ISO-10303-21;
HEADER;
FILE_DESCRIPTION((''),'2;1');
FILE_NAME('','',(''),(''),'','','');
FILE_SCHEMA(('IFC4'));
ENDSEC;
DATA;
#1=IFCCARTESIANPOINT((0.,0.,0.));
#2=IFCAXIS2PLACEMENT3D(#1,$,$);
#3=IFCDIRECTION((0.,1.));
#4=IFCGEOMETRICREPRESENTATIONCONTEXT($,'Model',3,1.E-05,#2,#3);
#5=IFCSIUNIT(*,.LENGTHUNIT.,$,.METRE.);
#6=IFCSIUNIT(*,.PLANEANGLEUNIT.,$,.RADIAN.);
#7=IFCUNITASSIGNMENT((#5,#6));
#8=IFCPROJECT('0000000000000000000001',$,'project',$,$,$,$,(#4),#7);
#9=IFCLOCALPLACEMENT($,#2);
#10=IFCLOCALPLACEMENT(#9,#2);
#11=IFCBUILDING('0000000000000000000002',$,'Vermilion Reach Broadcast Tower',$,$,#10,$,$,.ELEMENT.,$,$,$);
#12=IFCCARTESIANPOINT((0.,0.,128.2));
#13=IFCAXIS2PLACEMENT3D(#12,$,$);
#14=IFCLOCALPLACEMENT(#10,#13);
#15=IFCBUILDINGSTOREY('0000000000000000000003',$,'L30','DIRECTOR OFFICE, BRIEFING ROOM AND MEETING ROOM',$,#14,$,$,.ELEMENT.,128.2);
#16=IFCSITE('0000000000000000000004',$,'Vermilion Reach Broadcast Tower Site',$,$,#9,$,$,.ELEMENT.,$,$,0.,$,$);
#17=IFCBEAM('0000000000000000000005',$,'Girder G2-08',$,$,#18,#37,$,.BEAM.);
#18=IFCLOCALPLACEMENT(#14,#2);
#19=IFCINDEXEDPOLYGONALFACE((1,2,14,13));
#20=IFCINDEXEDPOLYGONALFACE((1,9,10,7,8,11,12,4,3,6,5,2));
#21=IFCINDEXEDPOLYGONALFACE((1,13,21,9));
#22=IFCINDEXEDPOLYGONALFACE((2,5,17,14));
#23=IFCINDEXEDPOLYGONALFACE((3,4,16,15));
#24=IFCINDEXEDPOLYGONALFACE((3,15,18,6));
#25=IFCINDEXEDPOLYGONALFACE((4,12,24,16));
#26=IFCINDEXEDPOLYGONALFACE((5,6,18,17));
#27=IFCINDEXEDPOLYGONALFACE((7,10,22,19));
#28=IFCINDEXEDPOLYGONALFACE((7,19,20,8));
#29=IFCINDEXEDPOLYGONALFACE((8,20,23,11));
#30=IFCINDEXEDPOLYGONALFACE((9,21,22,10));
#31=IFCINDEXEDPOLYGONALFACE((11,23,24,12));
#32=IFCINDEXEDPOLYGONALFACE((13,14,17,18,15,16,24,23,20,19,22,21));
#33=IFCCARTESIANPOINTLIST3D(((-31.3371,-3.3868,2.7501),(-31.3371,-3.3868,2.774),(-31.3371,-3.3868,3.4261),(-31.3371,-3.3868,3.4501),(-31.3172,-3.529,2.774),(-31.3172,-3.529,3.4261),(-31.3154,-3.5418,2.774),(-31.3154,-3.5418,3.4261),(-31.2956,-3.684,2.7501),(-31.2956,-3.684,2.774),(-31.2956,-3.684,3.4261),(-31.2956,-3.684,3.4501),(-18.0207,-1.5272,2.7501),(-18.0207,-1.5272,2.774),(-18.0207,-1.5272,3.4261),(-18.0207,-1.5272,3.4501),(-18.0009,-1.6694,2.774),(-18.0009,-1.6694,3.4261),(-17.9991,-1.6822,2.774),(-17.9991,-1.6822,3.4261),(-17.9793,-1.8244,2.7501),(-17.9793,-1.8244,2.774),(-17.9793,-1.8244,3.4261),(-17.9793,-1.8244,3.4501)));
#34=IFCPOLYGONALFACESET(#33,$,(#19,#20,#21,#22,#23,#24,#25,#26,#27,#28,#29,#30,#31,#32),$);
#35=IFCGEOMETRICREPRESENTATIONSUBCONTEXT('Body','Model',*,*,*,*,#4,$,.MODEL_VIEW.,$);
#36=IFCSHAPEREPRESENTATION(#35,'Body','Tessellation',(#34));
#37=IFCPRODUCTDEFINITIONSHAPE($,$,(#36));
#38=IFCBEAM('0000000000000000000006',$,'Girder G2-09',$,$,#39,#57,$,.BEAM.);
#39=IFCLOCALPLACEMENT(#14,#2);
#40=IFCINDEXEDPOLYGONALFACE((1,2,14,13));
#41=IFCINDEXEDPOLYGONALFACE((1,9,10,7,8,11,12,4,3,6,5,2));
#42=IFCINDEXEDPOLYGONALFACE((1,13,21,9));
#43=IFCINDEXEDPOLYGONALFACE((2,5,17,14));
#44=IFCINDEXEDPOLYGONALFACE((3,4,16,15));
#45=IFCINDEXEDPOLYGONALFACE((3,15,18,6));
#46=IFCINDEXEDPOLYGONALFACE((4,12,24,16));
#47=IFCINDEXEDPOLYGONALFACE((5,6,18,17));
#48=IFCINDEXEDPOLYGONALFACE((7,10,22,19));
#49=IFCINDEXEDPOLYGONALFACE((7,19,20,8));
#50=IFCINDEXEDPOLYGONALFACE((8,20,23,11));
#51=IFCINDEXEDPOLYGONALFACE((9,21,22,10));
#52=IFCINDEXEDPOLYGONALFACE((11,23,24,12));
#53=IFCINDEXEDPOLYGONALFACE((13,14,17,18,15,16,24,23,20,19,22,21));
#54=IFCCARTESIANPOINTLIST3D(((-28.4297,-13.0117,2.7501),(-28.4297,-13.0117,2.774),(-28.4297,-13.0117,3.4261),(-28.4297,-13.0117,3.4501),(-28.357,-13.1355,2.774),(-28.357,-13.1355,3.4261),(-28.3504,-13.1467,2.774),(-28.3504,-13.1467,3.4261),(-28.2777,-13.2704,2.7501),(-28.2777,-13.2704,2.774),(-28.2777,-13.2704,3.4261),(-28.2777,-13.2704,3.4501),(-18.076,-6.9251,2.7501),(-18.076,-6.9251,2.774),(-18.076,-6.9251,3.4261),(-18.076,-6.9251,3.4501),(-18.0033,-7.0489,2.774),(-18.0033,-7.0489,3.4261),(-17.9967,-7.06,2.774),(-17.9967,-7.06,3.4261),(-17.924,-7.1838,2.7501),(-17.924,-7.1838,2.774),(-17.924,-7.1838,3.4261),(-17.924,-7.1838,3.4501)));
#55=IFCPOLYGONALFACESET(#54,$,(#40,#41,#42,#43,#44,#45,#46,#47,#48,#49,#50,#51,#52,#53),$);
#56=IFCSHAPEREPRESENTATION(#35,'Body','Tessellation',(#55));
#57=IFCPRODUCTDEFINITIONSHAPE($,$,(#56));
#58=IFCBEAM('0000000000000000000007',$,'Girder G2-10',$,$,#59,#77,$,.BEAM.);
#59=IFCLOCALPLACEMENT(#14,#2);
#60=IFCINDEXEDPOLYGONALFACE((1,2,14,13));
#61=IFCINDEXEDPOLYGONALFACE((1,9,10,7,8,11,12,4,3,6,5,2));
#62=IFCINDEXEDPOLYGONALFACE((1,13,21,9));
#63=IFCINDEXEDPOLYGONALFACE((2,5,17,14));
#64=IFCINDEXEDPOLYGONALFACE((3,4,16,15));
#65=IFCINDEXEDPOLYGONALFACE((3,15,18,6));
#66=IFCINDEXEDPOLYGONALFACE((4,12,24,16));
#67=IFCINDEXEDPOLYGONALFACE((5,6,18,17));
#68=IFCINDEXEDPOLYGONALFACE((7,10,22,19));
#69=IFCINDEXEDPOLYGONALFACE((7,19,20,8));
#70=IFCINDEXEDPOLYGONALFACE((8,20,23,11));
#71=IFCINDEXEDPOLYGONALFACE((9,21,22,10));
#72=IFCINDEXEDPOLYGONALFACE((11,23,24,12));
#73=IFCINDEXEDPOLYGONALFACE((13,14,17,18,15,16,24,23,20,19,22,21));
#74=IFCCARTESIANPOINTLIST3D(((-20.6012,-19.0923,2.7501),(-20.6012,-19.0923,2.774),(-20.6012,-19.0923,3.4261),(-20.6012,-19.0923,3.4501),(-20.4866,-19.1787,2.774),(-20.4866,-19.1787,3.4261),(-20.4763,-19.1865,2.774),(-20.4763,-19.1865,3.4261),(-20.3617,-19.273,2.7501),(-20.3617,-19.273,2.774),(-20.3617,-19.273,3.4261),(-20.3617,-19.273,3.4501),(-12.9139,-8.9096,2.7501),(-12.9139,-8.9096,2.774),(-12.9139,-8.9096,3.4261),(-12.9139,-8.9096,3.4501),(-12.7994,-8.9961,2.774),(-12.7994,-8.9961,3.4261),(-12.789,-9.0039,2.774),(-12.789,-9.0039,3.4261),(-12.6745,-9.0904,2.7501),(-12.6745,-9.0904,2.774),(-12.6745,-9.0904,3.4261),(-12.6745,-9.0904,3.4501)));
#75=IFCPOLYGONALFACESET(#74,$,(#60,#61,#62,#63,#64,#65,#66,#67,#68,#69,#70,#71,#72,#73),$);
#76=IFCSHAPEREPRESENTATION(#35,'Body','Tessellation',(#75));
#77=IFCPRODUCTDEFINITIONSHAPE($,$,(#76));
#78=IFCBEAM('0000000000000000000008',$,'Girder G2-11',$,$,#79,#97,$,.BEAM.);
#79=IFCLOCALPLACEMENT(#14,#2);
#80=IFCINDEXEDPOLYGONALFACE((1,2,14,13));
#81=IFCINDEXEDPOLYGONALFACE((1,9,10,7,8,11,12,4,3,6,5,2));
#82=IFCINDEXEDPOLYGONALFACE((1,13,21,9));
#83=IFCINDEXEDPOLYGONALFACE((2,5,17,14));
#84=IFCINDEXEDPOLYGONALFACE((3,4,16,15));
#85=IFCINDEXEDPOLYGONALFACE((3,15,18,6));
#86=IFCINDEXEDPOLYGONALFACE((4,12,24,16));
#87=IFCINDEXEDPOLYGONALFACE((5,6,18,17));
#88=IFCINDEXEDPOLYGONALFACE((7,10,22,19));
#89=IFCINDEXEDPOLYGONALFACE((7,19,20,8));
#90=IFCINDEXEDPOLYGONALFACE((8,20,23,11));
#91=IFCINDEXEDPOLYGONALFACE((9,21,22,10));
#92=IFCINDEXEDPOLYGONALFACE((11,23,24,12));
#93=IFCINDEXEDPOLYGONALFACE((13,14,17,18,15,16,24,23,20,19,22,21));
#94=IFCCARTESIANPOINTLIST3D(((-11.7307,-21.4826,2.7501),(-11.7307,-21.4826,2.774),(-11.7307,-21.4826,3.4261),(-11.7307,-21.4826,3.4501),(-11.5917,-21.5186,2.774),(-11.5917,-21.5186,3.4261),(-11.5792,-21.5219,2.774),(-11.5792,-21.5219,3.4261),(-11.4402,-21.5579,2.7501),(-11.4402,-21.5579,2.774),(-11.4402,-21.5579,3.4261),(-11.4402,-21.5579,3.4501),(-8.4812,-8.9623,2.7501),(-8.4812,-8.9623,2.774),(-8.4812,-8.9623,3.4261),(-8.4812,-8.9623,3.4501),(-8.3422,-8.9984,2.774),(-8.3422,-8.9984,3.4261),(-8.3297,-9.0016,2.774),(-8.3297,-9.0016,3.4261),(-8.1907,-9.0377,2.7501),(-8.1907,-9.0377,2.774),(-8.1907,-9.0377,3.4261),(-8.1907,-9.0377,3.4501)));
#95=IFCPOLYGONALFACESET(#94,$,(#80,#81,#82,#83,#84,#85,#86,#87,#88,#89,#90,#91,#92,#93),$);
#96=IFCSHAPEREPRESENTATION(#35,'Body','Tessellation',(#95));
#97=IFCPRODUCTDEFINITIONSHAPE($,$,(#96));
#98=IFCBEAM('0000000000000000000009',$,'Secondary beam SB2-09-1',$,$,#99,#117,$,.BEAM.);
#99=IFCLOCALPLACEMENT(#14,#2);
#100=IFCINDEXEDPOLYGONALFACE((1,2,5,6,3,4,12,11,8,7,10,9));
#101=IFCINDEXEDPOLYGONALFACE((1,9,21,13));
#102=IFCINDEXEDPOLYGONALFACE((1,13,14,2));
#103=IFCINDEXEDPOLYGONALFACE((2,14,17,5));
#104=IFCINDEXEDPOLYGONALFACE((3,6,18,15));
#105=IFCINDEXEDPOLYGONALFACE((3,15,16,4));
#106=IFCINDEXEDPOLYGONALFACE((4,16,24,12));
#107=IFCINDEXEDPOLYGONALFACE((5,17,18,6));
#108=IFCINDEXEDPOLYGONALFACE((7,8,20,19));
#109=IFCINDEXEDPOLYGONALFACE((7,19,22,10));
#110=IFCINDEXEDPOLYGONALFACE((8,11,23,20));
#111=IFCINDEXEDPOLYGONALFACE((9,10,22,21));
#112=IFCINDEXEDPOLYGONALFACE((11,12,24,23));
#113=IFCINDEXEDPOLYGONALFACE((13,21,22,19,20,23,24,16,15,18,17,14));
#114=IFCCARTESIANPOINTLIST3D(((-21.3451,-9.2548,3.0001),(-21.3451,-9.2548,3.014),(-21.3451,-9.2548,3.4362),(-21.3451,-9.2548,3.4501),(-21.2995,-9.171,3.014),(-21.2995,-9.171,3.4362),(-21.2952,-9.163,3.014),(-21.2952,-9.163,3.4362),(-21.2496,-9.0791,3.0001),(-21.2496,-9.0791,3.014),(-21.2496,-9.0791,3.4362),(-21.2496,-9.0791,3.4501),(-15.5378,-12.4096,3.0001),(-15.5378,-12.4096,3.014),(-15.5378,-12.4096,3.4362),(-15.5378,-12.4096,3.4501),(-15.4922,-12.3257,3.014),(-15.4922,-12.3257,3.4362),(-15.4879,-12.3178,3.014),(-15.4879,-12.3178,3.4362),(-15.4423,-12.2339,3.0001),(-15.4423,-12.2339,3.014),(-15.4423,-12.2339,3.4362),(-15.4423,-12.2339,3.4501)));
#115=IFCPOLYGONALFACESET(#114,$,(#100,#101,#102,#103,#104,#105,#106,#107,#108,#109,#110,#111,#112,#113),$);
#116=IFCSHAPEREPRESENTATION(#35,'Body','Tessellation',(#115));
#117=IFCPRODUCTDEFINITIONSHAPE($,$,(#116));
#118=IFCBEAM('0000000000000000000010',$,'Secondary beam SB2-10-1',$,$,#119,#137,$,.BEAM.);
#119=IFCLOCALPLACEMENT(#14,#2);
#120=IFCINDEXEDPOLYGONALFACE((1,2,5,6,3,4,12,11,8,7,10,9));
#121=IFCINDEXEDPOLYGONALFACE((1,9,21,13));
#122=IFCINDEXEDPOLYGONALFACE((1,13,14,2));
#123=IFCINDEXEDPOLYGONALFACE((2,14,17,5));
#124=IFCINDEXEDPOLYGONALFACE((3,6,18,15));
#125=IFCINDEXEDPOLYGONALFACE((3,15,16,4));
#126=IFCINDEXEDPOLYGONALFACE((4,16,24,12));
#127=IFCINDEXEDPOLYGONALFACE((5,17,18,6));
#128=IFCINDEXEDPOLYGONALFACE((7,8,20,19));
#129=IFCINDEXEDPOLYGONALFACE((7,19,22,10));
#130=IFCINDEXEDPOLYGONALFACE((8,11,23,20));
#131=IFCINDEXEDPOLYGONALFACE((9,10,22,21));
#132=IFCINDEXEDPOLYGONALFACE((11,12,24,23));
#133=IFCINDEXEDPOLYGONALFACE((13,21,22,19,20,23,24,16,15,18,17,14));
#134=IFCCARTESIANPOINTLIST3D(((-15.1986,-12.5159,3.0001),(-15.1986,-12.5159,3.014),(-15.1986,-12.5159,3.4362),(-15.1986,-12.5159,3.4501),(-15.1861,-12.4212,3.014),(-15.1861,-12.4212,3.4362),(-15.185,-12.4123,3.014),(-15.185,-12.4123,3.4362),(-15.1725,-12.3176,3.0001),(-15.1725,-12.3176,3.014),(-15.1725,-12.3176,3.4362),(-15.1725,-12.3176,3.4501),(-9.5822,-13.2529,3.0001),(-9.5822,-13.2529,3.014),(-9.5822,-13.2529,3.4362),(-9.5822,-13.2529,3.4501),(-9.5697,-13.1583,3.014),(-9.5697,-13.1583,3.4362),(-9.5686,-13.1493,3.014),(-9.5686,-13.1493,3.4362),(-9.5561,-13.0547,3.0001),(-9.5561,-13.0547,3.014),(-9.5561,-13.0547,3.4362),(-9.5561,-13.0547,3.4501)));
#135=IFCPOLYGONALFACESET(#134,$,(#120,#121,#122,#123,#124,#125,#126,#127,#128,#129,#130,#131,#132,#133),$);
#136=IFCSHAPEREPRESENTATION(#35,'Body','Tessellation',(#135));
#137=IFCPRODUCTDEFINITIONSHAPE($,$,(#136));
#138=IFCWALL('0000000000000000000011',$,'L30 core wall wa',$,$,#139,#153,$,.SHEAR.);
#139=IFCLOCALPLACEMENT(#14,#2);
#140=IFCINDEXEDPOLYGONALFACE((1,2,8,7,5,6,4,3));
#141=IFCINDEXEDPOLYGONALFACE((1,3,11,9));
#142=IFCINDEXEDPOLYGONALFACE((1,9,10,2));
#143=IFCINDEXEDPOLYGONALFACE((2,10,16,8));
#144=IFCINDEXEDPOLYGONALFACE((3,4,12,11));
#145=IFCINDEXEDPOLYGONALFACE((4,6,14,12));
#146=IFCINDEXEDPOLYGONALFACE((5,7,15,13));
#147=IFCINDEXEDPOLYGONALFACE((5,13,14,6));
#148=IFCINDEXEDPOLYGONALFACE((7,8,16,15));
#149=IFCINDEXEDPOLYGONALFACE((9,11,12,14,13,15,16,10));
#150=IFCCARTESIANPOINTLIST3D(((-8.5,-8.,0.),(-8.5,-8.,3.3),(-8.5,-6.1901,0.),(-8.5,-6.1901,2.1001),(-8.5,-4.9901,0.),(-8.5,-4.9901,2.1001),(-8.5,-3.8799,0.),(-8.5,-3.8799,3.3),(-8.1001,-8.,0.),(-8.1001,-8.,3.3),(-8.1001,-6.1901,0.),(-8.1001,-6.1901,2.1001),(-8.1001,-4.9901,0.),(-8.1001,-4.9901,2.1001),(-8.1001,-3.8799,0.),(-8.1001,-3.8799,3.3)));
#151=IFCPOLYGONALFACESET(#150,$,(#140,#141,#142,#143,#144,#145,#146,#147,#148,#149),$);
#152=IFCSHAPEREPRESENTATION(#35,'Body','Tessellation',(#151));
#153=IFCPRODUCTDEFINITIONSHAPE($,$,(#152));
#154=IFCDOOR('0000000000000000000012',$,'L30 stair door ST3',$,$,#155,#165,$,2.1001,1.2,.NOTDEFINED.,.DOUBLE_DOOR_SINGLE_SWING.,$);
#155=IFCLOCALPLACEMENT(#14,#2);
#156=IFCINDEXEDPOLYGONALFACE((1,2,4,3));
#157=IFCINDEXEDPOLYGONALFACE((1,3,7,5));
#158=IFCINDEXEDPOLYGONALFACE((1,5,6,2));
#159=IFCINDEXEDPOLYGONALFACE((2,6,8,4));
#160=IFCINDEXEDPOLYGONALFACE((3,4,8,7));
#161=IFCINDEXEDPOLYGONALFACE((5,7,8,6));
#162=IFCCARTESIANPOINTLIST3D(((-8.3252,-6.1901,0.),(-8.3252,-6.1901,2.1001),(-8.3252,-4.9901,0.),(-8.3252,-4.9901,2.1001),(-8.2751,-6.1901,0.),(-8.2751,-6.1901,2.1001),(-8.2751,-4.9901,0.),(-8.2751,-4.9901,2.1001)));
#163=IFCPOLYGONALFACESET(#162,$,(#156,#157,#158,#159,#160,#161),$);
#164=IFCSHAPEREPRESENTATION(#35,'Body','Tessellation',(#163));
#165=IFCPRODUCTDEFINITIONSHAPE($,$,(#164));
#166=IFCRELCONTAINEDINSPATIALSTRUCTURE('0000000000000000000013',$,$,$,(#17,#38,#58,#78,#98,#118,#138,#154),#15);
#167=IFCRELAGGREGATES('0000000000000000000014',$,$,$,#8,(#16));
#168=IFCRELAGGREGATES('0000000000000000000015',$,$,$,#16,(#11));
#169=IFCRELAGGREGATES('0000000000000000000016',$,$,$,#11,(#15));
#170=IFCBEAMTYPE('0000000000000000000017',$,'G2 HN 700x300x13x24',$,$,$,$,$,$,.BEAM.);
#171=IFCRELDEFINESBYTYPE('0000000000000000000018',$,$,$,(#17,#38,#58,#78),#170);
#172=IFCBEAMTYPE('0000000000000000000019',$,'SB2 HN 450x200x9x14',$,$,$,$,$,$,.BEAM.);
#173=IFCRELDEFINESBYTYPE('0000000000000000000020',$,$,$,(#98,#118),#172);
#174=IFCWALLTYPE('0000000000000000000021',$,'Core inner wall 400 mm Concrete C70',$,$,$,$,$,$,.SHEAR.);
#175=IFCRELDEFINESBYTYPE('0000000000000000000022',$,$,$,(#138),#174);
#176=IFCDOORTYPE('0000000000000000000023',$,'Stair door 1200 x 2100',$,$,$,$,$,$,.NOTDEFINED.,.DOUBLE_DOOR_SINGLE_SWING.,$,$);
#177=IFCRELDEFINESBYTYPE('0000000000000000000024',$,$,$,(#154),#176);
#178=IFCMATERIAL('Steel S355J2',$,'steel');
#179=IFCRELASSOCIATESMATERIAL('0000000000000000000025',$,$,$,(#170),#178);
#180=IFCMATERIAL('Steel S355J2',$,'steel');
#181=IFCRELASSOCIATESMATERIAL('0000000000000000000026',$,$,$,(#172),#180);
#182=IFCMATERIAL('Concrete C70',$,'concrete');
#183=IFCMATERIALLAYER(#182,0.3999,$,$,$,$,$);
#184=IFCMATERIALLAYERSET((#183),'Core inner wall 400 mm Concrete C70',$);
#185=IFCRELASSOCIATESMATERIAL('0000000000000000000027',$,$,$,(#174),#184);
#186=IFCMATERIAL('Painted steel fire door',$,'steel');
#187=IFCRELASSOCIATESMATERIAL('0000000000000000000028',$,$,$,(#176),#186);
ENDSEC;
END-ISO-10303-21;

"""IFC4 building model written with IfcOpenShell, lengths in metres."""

from ifc_helpers import new_model, si_unit, direction, frame, frame_2d, origin, origin_2d, place, context, subcontext, project, spatial, rectangle, i_section, extrude, material, layer, layer_set, material_profile, profile_set, type_object, element, fill, save


model = new_model("IFC4")

# Units and contexts
model_context = context("Model", 3, precision=1e-05, world=origin(), true_north=direction((0.0, 1.0)))
body_context = subcontext(model_context, "Body", "Model", "MODEL_VIEW")
ifc_project = project(units=[si_unit("LENGTHUNIT", "METRE"), si_unit("PLANEANGLEUNIT", "RADIAN")], contexts=[model_context])

# Site, building, storey
site_placement = place(None, origin())
site = spatial("IfcSite", under=ifc_project, at=site_placement, Name="Vermilion Reach Broadcast Tower Site", CompositionType="ELEMENT", RefElevation=0.0)
building_placement = place(site_placement, origin())
building = spatial("IfcBuilding", under=site, at=building_placement, Name="Vermilion Reach Broadcast Tower", CompositionType="ELEMENT")
storey_placement = place(building_placement, frame((0.0, 0.0, 128.2)))
storey = spatial("IfcBuildingStorey", under=building, at=storey_placement, Name="L30", Description="DIRECTOR OFFICE, BRIEFING ROOM AND MEETING ROOM", CompositionType="ELEMENT", Elevation=128.2)

# Beams
ifc_material_1 = material(Name="Steel S355J2", Category="steel")
ifc_material_profile_1 = material_profile(ifc_material_1, i_section(OverallWidth=0.3, OverallDepth=0.7, WebThickness=0.0129, FlangeThickness=0.0239, at=origin_2d()), Name="S355J2 HN 700x300x13x24")
ifc_profile_set_1 = profile_set([ifc_material_profile_1], Name="Steel S355J2")
beam_type_1 = type_object("IfcBeamType", Name="G2 HN 700x300x13x24", PredefinedType="BEAM", material=ifc_profile_set_1)
beam_1_placement = place(storey_placement, frame((-18.0, -1.6758, 3.1001), z_axis=(-0.990389, -0.138307, 0.0), x_axis=(0.138307, -0.990389, 0.0)))
element("IfcBeam", 1, at=beam_1_placement, inside=storey, type_object=beam_type_1, Name="Girder G2-08", PredefinedType="BEAM", context=body_context, shape_type="SweptSolid", body=[
    extrude(i_section(OverallWidth=0.3, OverallDepth=0.7, WebThickness=0.0129, FlangeThickness=0.0239, at=origin_2d()), origin(), (0.0, 0.0, 1.0), 13.4456),
])
beam_2_placement = place(storey_placement, frame((-18.0, -7.0544, 3.1001), z_axis=(-0.862072, -0.506786, 0.0), x_axis=(0.506786, -0.862072, 0.0)))
element("IfcBeam", 2, at=beam_2_placement, inside=storey, type_object=beam_type_1, Name="Girder G2-09", PredefinedType="BEAM", context=body_context, shape_type="SweptSolid", body=[
    extrude(i_section(OverallWidth=0.3, OverallDepth=0.7, WebThickness=0.0129, FlangeThickness=0.0239, at=origin_2d()), origin(), (0.0, 0.0, 1.0), 12.0103),
])
beam_3_placement = place(storey_placement, frame((-12.7942, -9.0, 3.1001), z_axis=(-0.60252, -0.798104, 0.0), x_axis=(0.798104, -0.60252, 0.0)))
element("IfcBeam", 3, at=beam_3_placement, inside=storey, type_object=beam_type_1, Name="Girder G2-10", PredefinedType="BEAM", context=body_context, shape_type="SweptSolid", body=[
    extrude(i_section(OverallWidth=0.3, OverallDepth=0.7, WebThickness=0.0129, FlangeThickness=0.0239, at=origin_2d()), origin(), (0.0, 0.0, 1.0), 12.7585),
])
beam_4_placement = place(storey_placement, frame((-8.3359, -9.0, 3.1001), z_axis=(-0.251217, -0.967931, 0.0), x_axis=(0.967931, -0.251217, 0.0)))
element("IfcBeam", 4, at=beam_4_placement, inside=storey, type_object=beam_type_1, Name="Girder G2-11", PredefinedType="BEAM", context=body_context, shape_type="SweptSolid", body=[
    extrude(i_section(OverallWidth=0.3, OverallDepth=0.7, WebThickness=0.0129, FlangeThickness=0.0239, at=origin_2d()), origin(), (0.0, 0.0, 1.0), 12.9351),
])
ifc_material_2 = material(Name="Steel S355J2", Category="steel")
ifc_material_profile_2 = material_profile(ifc_material_2, i_section(OverallWidth=0.2, OverallDepth=0.45, WebThickness=0.009, FlangeThickness=0.0139, at=origin_2d()), Name="S355J2 HN 450x200x9x14")
ifc_profile_set_2 = profile_set([ifc_material_profile_2], Name="Steel S355J2")
beam_type_2 = type_object("IfcBeamType", Name="SB2 HN 450x200x9x14", PredefinedType="BEAM", material=ifc_profile_set_2)
beam_5_placement = place(storey_placement, frame((-21.2974, -9.167, 3.2251), z_axis=(0.878713, -0.47735, 0.0), x_axis=(0.47735, 0.878713, 0.0)))
element("IfcBeam", 5, at=beam_5_placement, inside=storey, type_object=beam_type_2, Name="Secondary beam SB2-09-1", PredefinedType="BEAM", context=body_context, shape_type="SweptSolid", body=[
    extrude(i_section(OverallWidth=0.2, OverallDepth=0.45, WebThickness=0.009, FlangeThickness=0.0139, at=origin_2d()), origin(), (0.0, 0.0, 1.0), 6.6089),
])
beam_6_placement = place(storey_placement, frame((-15.1855, -12.4167, 3.2251), z_axis=(0.991499, -0.130117, 0.0), x_axis=(0.130117, 0.991499, 0.0)))
element("IfcBeam", 6, at=beam_6_placement, inside=storey, type_object=beam_type_2, Name="Secondary beam SB2-10-1", PredefinedType="BEAM", context=body_context, shape_type="SweptSolid", body=[
    extrude(i_section(OverallWidth=0.2, OverallDepth=0.45, WebThickness=0.009, FlangeThickness=0.0139, at=origin_2d()), origin(), (0.0, 0.0, 1.0), 5.6646),
])

# Wall, opening, door
ifc_material_3 = material(Name="Concrete C70", Category="concrete")
ifc_layer_1 = layer(ifc_material_3, 0.3999)
ifc_layer_set_1 = layer_set([ifc_layer_1], Name="Core inner wall 400 mm Concrete C70")
wall_type_1 = type_object("IfcWallType", Name="Core inner wall 400 mm Concrete C70", PredefinedType="SHEAR", material=ifc_layer_set_1)
wall_1_placement = place(storey_placement, frame((-8.3, -3.8799, 0.0), z_axis=(0.0, 0.0, 1.0), x_axis=(0.0, -1.0, 0.0)))
wall_1 = element("IfcWall", 7, at=wall_1_placement, inside=storey, type_object=wall_type_1, Name="L30 core wall wa", PredefinedType="SHEAR", context=body_context, shape_type="SweptSolid", body=[
    extrude(rectangle(XDim=4.1201, YDim=0.3999, at=frame_2d((2.0601, 0.0))), origin(), (0.0, 0.0, 1.0), 3.3),
])
opening_1_placement = place(wall_1_placement, frame((1.1101, 0.0, 0.0)))
opening_1 = element("IfcOpeningElement", 8, at=opening_1_placement, cuts=wall_1, PredefinedType="OPENING", context=body_context, shape_type="SweptSolid", body=[
    extrude(rectangle(XDim=1.2, YDim=2.1001, at=frame_2d((0.6001, 1.05))), frame((0.0, 0.21, 0.0), z_axis=(0.0, -1.0, 0.0), x_axis=(1.0, 0.0, 0.0)), (0.0, 0.0, 1.0), 0.4199),
])
ifc_material_4 = material(Name="Painted steel fire door", Category="steel")
door_type_1 = type_object("IfcDoorType", Name="Stair door 1200 x 2100", OperationType="DOUBLE_DOOR_SINGLE_SWING", PredefinedType="NOTDEFINED", material=ifc_material_4)
door_1_placement = place(opening_1_placement, origin())
door_1 = element("IfcDoor", 9, at=door_1_placement, inside=storey, type_object=door_type_1, Name="L30 stair door ST3", OperationType="DOUBLE_DOOR_SINGLE_SWING", OverallHeight=2.1001, OverallWidth=1.2, PredefinedType="NOTDEFINED", context=body_context, shape_type="SweptSolid", body=[
    extrude(rectangle(XDim=1.2, YDim=2.1001, at=frame_2d((0.6001, 1.05))), frame((0.0, 0.0249, 0.0), z_axis=(0.0, -1.0, 0.0), x_axis=(1.0, 0.0, 0.0)), (0.0, 0.0, 1.0), 0.05),
])
fill(opening_1, door_1)

save(model, "model.ifc")
